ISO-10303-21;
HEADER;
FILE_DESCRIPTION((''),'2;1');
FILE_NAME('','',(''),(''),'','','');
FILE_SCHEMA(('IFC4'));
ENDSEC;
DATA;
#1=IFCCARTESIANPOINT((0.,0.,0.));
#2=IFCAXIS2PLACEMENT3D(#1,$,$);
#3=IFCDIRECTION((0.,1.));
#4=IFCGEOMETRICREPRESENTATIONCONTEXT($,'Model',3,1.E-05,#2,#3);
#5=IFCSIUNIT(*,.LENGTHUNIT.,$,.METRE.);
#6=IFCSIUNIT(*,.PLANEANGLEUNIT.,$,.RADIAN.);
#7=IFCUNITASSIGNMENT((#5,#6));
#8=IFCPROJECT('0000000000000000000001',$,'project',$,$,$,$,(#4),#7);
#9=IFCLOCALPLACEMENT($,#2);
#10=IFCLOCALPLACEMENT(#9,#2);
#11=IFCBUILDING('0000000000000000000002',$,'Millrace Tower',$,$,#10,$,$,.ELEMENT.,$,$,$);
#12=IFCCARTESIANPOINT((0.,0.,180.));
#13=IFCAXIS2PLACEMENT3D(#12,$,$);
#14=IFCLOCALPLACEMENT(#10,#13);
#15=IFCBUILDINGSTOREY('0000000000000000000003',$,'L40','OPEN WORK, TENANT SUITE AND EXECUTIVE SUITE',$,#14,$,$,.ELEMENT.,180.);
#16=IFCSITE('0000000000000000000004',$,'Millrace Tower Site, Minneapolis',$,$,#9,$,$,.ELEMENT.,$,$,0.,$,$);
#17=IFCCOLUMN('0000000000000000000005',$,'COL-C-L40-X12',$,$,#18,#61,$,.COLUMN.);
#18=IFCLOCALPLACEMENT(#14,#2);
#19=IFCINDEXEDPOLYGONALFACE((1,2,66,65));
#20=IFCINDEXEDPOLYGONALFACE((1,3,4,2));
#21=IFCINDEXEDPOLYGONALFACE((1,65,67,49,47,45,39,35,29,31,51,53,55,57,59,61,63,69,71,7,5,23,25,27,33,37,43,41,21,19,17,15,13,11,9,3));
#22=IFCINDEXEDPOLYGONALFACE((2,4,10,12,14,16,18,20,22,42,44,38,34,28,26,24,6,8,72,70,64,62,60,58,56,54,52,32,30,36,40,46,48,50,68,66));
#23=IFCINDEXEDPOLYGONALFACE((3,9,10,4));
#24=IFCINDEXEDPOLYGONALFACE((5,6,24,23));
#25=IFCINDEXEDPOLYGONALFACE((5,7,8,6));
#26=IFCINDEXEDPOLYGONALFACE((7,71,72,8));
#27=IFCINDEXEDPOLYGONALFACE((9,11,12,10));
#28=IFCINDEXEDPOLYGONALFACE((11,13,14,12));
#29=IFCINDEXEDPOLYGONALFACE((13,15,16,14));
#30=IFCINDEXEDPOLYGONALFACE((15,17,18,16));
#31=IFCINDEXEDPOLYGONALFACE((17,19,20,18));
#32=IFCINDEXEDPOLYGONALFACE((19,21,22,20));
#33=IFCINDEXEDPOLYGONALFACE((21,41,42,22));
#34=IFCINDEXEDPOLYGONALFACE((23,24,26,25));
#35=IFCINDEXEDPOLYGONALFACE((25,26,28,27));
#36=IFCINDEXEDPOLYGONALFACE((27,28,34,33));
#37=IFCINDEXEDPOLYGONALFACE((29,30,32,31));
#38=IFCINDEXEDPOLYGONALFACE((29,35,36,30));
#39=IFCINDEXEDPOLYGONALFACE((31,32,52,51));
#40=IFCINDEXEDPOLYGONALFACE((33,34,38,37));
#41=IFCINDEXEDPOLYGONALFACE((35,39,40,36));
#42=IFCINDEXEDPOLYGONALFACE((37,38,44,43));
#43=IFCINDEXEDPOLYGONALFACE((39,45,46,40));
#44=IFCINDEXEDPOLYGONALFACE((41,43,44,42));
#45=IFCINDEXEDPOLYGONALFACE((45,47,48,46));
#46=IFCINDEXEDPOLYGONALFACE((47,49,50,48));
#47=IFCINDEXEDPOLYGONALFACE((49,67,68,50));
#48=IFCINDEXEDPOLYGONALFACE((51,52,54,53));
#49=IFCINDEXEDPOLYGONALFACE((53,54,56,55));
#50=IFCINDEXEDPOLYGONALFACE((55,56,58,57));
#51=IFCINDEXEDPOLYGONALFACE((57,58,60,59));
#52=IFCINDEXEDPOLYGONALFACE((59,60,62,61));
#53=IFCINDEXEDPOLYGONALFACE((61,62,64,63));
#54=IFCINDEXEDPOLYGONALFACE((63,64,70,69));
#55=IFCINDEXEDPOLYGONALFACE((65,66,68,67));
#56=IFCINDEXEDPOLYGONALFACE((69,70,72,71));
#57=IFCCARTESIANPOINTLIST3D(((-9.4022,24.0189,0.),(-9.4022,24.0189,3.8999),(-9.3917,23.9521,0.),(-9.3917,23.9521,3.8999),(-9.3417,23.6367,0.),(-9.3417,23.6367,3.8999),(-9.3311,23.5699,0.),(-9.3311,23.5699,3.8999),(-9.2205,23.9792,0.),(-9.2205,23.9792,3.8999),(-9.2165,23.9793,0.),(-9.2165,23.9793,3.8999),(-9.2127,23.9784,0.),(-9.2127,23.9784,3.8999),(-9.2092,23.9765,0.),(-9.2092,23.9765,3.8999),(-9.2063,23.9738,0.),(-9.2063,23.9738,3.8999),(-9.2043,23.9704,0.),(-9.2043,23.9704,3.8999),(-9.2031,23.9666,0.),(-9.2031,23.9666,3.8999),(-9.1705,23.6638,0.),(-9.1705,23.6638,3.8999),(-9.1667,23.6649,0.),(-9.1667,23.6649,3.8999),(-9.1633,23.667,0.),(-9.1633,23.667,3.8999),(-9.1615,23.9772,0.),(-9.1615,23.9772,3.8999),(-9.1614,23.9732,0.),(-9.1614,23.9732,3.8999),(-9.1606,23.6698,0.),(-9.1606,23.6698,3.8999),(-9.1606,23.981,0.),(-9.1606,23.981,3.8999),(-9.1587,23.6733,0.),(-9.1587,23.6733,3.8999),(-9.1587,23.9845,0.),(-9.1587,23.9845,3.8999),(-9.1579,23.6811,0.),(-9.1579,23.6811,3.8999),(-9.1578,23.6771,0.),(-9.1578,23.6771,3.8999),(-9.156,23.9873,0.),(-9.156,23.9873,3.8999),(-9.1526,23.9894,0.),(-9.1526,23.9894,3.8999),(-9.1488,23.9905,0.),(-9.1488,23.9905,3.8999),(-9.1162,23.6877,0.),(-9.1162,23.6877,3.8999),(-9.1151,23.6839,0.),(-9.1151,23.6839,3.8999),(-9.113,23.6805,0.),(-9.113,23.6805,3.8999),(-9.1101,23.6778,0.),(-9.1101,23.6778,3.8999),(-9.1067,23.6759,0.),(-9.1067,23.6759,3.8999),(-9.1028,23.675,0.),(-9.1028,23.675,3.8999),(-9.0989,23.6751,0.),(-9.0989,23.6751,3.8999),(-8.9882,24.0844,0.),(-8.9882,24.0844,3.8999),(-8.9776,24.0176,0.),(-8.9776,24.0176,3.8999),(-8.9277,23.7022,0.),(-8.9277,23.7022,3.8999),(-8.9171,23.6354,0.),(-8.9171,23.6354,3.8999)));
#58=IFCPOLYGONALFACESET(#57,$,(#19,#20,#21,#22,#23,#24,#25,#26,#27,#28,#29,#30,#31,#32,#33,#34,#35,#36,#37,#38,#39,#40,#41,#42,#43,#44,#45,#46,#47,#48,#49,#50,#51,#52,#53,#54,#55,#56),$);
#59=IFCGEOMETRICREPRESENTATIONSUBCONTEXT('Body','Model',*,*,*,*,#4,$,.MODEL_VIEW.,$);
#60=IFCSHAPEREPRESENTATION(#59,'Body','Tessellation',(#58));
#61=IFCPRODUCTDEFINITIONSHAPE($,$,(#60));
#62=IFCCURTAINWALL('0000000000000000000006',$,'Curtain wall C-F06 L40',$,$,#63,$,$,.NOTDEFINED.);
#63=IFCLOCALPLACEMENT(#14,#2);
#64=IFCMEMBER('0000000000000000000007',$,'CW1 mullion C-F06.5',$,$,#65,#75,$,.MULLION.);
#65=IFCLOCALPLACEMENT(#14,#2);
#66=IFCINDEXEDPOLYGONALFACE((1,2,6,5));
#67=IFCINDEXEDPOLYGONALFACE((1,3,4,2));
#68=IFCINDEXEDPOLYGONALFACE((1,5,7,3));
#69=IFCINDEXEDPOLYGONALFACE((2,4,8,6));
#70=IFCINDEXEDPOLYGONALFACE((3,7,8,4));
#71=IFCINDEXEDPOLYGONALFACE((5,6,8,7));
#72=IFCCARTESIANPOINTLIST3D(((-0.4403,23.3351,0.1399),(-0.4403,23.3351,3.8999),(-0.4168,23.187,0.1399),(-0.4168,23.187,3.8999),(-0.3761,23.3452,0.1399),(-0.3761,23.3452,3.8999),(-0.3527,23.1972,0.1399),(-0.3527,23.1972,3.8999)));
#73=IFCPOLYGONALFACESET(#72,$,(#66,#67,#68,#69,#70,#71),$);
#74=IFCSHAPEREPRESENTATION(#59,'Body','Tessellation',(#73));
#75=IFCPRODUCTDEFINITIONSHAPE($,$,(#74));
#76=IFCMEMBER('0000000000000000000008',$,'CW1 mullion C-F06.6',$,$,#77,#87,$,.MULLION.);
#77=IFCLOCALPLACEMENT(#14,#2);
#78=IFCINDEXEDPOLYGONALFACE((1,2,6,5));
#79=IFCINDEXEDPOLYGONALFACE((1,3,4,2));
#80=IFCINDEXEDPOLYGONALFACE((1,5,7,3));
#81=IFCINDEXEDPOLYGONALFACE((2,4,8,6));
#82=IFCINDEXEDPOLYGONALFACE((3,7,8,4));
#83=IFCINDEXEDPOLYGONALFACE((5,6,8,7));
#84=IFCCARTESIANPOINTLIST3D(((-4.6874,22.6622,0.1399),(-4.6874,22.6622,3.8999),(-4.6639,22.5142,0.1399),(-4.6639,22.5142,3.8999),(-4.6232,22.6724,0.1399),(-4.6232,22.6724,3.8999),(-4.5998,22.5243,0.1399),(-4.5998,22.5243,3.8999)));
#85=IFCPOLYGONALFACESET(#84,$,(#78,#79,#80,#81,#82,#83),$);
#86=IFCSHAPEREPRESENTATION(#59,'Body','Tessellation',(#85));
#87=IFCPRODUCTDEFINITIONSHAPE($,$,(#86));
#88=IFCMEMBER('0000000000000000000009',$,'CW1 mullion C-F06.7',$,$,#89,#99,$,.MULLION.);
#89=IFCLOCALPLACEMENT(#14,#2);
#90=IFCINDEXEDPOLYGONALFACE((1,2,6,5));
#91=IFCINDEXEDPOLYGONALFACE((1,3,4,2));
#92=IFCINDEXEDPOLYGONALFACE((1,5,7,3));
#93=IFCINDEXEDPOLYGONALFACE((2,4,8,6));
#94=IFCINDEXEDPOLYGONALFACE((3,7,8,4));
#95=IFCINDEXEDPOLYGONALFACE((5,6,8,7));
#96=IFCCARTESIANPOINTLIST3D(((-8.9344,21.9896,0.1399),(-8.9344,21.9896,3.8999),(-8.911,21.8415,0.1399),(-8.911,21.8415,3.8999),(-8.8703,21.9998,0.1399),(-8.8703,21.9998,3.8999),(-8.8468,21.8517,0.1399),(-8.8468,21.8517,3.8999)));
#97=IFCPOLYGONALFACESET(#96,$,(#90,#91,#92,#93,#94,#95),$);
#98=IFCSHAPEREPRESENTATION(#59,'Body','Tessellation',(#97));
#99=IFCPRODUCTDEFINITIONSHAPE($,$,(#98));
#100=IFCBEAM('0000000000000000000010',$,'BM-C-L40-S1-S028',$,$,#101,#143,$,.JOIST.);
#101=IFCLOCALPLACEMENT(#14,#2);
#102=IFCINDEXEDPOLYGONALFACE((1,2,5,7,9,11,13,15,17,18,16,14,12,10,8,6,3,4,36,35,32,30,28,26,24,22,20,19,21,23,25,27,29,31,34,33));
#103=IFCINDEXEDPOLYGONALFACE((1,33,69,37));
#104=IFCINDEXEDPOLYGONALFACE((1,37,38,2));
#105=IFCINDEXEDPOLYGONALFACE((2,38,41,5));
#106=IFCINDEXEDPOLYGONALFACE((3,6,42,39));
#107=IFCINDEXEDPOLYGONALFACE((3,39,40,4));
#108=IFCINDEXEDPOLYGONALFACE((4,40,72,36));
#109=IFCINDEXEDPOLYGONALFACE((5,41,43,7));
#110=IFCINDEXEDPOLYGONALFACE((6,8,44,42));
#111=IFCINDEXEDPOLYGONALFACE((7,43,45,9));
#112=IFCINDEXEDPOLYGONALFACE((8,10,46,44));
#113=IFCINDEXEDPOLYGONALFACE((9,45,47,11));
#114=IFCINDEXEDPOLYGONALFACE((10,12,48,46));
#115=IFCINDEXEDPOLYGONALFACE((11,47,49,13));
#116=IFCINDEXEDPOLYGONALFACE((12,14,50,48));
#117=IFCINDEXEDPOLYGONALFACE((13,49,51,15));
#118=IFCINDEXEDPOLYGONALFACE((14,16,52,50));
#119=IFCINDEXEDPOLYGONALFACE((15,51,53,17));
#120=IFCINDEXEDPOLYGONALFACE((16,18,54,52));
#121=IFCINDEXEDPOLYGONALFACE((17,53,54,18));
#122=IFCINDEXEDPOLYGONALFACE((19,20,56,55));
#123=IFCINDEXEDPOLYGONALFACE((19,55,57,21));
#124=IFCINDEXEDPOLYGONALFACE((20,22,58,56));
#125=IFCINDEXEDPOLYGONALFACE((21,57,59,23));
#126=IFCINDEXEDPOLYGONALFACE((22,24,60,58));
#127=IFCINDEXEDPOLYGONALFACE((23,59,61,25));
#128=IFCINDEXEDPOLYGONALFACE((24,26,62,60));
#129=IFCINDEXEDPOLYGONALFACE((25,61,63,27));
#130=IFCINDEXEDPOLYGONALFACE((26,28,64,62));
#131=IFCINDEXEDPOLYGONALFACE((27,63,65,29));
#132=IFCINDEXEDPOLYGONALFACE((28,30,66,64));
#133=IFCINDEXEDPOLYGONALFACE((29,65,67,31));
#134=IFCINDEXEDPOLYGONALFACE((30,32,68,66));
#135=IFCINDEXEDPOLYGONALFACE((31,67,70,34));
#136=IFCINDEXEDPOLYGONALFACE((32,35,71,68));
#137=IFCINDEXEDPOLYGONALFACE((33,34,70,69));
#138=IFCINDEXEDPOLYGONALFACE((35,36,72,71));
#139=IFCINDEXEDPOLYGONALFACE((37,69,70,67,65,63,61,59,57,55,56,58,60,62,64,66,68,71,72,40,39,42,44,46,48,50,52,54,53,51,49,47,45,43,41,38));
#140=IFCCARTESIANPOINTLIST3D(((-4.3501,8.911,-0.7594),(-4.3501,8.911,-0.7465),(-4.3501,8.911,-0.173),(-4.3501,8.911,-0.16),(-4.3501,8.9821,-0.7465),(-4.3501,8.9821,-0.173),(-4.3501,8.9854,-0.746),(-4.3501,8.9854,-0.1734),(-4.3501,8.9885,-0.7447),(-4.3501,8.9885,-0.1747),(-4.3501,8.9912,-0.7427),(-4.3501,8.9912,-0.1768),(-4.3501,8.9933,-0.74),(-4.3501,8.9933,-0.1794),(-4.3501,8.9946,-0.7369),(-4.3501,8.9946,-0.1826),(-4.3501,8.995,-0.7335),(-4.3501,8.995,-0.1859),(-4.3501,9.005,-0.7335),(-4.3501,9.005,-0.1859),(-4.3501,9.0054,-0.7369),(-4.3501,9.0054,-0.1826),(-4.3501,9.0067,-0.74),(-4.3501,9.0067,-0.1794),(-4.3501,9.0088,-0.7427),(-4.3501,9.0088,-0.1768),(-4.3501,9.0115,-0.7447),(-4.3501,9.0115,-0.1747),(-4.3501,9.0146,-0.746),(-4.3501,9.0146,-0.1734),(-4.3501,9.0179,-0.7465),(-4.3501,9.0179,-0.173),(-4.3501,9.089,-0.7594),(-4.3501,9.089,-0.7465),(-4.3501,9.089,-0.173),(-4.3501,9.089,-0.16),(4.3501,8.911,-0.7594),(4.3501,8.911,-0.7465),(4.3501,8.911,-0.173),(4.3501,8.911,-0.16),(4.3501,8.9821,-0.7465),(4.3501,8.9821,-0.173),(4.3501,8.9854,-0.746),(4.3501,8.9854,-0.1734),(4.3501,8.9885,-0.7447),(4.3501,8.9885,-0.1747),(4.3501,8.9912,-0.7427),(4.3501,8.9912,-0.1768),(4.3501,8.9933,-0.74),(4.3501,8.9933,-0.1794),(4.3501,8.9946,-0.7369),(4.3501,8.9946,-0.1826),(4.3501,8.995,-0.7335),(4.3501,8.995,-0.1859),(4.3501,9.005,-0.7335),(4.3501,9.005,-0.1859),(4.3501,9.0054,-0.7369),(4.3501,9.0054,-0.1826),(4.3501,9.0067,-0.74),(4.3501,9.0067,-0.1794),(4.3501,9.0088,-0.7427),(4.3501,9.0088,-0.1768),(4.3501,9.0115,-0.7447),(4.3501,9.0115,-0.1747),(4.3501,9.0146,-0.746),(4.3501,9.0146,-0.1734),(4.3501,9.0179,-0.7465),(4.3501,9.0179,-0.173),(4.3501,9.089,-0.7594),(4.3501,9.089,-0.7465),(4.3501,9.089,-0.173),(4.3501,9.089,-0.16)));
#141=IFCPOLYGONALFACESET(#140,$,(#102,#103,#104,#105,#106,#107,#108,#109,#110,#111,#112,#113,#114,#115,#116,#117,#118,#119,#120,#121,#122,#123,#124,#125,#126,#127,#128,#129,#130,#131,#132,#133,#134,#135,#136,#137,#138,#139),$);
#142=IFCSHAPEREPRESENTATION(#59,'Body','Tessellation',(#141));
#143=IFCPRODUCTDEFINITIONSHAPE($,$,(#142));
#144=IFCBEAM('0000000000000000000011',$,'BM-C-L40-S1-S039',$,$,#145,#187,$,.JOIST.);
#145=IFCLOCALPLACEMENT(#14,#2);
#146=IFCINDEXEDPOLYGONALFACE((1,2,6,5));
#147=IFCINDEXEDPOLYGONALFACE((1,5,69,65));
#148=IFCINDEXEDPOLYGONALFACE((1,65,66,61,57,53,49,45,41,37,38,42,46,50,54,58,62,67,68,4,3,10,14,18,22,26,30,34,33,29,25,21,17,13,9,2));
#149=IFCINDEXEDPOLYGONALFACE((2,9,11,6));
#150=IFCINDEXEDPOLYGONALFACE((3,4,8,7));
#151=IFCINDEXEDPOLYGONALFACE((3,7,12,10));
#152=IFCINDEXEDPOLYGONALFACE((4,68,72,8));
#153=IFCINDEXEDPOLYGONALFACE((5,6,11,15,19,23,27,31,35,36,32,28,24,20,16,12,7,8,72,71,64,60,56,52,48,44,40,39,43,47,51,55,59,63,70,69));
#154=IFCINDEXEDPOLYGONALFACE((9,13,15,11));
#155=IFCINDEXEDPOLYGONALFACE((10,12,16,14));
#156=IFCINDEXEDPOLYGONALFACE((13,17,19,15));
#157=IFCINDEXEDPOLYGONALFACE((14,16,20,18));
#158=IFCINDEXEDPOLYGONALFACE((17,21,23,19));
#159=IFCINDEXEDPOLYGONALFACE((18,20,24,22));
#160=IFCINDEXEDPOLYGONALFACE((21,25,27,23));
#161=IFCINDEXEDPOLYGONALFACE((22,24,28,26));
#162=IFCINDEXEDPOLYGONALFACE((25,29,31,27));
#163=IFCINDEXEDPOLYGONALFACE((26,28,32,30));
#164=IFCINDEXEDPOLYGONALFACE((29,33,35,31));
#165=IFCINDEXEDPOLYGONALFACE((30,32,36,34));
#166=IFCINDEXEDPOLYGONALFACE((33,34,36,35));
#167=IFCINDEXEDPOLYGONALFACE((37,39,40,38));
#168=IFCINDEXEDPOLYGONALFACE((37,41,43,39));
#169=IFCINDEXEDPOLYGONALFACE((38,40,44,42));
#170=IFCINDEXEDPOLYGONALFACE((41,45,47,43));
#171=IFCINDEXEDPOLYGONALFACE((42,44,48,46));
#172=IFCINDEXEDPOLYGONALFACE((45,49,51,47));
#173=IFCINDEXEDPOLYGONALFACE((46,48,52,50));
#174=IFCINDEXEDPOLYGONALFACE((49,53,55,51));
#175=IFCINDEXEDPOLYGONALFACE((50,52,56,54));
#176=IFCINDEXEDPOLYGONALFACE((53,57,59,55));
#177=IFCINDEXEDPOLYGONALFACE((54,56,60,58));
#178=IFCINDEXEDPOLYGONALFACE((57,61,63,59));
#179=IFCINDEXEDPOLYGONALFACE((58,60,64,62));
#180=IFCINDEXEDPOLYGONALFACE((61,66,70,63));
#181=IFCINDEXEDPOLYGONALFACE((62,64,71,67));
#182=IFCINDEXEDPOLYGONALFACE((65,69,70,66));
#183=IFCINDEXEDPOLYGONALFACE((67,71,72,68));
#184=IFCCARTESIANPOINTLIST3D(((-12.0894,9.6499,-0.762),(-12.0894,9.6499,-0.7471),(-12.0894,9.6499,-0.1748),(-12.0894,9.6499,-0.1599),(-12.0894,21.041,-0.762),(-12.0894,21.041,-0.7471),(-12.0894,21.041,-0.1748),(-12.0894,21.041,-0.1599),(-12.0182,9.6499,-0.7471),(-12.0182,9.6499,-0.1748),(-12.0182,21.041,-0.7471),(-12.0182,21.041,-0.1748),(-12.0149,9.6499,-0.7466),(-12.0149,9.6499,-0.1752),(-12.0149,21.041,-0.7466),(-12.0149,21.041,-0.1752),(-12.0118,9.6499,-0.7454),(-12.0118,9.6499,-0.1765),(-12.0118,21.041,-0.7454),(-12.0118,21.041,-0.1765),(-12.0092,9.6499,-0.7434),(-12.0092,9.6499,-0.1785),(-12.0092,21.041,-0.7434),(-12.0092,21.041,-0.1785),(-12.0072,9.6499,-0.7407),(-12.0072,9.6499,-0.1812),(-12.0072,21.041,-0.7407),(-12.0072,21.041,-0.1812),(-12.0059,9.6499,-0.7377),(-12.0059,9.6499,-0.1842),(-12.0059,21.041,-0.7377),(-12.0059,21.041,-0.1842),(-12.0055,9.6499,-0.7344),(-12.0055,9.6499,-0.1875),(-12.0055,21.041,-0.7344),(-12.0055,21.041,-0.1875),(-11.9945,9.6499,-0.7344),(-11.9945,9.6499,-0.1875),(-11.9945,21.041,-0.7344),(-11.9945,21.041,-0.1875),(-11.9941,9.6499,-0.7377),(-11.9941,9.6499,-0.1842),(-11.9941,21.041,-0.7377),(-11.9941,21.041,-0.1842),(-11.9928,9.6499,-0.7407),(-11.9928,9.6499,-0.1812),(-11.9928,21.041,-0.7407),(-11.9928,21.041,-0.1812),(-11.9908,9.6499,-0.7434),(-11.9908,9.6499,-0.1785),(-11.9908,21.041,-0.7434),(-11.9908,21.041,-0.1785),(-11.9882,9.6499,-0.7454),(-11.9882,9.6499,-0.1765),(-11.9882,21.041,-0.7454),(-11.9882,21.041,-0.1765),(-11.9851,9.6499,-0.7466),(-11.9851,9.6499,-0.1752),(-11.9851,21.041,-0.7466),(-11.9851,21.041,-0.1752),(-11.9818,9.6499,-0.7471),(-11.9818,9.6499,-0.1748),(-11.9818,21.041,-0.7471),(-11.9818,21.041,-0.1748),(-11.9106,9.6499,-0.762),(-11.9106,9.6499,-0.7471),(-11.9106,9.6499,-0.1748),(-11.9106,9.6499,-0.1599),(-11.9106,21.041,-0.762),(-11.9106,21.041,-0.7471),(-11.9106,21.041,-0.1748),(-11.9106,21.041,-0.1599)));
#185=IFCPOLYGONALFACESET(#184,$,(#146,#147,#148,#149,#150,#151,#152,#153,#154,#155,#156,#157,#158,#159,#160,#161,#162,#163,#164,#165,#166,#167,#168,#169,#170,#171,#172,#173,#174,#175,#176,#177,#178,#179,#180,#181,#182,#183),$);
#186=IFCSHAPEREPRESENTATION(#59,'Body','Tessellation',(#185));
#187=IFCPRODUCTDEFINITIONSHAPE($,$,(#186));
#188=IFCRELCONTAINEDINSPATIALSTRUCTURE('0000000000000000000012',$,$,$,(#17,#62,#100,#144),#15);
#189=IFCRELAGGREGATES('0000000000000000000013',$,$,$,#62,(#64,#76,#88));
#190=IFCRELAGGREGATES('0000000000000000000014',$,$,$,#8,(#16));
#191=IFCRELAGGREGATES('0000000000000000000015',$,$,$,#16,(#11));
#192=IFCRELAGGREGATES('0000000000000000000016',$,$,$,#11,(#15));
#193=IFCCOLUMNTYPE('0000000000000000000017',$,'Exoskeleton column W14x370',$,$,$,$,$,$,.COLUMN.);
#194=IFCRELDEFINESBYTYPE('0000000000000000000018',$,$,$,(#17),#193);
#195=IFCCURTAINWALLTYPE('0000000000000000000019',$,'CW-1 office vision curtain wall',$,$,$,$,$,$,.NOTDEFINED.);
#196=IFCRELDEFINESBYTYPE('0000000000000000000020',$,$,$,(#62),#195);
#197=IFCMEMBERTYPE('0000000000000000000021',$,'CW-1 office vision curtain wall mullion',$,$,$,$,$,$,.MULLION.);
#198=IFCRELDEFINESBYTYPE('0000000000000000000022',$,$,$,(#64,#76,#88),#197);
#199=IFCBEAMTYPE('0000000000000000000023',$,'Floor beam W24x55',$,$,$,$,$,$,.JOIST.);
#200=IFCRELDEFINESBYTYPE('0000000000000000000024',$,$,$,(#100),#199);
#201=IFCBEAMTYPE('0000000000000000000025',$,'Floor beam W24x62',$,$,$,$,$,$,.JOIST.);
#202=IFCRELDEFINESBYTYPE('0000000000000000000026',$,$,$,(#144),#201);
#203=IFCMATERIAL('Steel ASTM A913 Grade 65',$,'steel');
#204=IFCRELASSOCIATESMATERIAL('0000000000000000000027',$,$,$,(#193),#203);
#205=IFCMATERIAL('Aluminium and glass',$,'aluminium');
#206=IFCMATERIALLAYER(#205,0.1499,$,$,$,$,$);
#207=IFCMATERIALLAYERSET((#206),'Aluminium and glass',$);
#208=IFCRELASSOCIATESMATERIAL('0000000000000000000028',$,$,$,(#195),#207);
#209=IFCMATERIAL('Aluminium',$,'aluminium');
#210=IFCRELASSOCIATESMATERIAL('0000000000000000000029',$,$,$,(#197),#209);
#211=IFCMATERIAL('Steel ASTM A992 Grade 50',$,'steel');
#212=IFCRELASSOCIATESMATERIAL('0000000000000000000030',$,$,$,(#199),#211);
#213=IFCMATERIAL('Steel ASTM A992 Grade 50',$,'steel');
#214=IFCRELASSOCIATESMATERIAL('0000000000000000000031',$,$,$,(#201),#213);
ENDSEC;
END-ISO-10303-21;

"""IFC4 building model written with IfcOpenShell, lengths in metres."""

from ifc_helpers import new_model, si_unit, direction, frame, origin, origin_2d, place, context, subcontext, project, spatial, rectangle, i_section, extrude, material, layer, layer_set, material_profile, profile_set, type_object, element, aggregate, save


model = new_model("IFC4")

# Units and contexts
model_context = context("Model", 3, precision=1e-05, world=origin(), true_north=direction((0.0, 1.0)))
body_context = subcontext(model_context, "Body", "Model", "MODEL_VIEW")
ifc_project = project(units=[si_unit("LENGTHUNIT", "METRE"), si_unit("PLANEANGLEUNIT", "RADIAN")], contexts=[model_context])

# Site, building, storey
site_placement = place(None, origin())
site = spatial("IfcSite", under=ifc_project, at=site_placement, Name="Millrace Tower Site, Minneapolis", CompositionType="ELEMENT", RefElevation=0.0)
building_placement = place(site_placement, origin())
building = spatial("IfcBuilding", under=site, at=building_placement, Name="Millrace Tower", CompositionType="ELEMENT")
storey_placement = place(building_placement, frame((0.0, 0.0, 180.0)))
storey = spatial("IfcBuildingStorey", under=building, at=storey_placement, Name="L40", Description="OPEN WORK, TENANT SUITE AND EXECUTIVE SUITE", CompositionType="ELEMENT", Elevation=180.0)

# Column
ifc_material_1 = material(Name="Steel ASTM A913 Grade 65", Category="steel")
ifc_material_profile_1 = material_profile(ifc_material_1, i_section(OverallWidth=0.4192, OverallDepth=0.4546, WebThickness=0.0422, FlangeThickness=0.0676, FilletRadius=0.0151, at=origin_2d()))
ifc_profile_set_1 = profile_set([ifc_material_profile_1], Name="Steel ASTM A913 Grade 65")
column_type = type_object("IfcColumnType", Name="Exoskeleton column W14x370", PredefinedType="COLUMN", material=ifc_profile_set_1)
column_placement = place(storey_placement, frame((-9.1597, 23.8271, 0.0), z_axis=(0.0, 0.0, 1.0), x_axis=(-0.987688, -0.156434, 0.0)))
element("IfcColumn", 1, at=column_placement, inside=storey, type_object=column_type, Name="COL-C-L40-X12", PredefinedType="COLUMN", context=body_context, shape_type="SweptSolid", body=[
    extrude(i_section(OverallWidth=0.4192, OverallDepth=0.4546, WebThickness=0.0422, FlangeThickness=0.0676, FilletRadius=0.0151, at=origin_2d()), origin(), (0.0, 0.0, 1.0), 3.8999),
])

# Curtain wall, members
ifc_material_2 = material(Name="Aluminium and glass", Category="aluminium")
ifc_layer_1 = layer(ifc_material_2, 0.1499)
ifc_layer_set_1 = layer_set([ifc_layer_1], Name="Aluminium and glass")
curtain_wall_type = type_object("IfcCurtainWallType", Name="CW-1 office vision curtain wall", PredefinedType="NOTDEFINED", material=ifc_layer_set_1)
placement = place(storey_placement, origin())
curtain_wall = element("IfcCurtainWall", 2, at=placement, inside=storey, type_object=curtain_wall_type, Name="Curtain wall C-F06 L40", PredefinedType="NOTDEFINED")
ifc_material_3 = material(Name="Aluminium", Category="aluminium")
ifc_material_profile_2 = material_profile(ifc_material_3, rectangle(XDim=0.0649, YDim=0.1499, at=origin_2d()))
ifc_profile_set_2 = profile_set([ifc_material_profile_2], Name="Aluminium")
member_type = type_object("IfcMemberType", Name="CW-1 office vision curtain wall mullion", PredefinedType="MULLION", material=ifc_profile_set_2)
member_1_placement = place(storey_placement, frame((-0.3965, 23.2661, 0.1399), z_axis=(0.0, 0.0, 1.0), x_axis=(-0.987688, -0.156434, 0.0)))
member_1 = element("IfcMember", 3, at=member_1_placement, type_object=member_type, Name="CW1 mullion C-F06.5", PredefinedType="MULLION", context=body_context, shape_type="SweptSolid", body=[
    extrude(rectangle(XDim=0.0649, YDim=0.1499, at=origin_2d()), origin(), (0.0, 0.0, 1.0), 3.76),
])
member_2_placement = place(storey_placement, frame((-4.6436, 22.5933, 0.1399), z_axis=(0.0, 0.0, 1.0), x_axis=(-0.987688, -0.156434, 0.0)))
member_2 = element("IfcMember", 4, at=member_2_placement, type_object=member_type, Name="CW1 mullion C-F06.6", PredefinedType="MULLION", context=body_context, shape_type="SweptSolid", body=[
    extrude(rectangle(XDim=0.0649, YDim=0.1499, at=origin_2d()), origin(), (0.0, 0.0, 1.0), 3.76),
])
member_3_placement = place(storey_placement, frame((-8.8906, 21.9207, 0.1399), z_axis=(0.0, 0.0, 1.0), x_axis=(-0.987688, -0.156434, 0.0)))
member_3 = element("IfcMember", 5, at=member_3_placement, type_object=member_type, Name="CW1 mullion C-F06.7", PredefinedType="MULLION", context=body_context, shape_type="SweptSolid", body=[
    extrude(rectangle(XDim=0.0649, YDim=0.1499, at=origin_2d()), origin(), (0.0, 0.0, 1.0), 3.76),
])
aggregate(curtain_wall, [member_1, member_2, member_3])

# Beams
ifc_material_4 = material(Name="Steel ASTM A992 Grade 50", Category="steel")
ifc_material_profile_3 = material_profile(ifc_material_4, i_section(OverallWidth=0.178, OverallDepth=0.5994, WebThickness=0.01, FlangeThickness=0.0129, FilletRadius=0.0129, at=origin_2d()))
ifc_profile_set_3 = profile_set([ifc_material_profile_3], Name="Steel ASTM A992 Grade 50")
beam_type_1 = type_object("IfcBeamType", Name="Floor beam W24x55", PredefinedType="JOIST", material=ifc_profile_set_3)
beam_1_placement = place(storey_placement, frame((-4.3501, 9.0, -0.4597), z_axis=(1.0, 0.0, 0.0), x_axis=(0.0, 1.0, 0.0)))
element("IfcBeam", 6, at=beam_1_placement, inside=storey, type_object=beam_type_1, Name="BM-C-L40-S1-S028", PredefinedType="JOIST", context=body_context, shape_type="SweptSolid", body=[
    extrude(i_section(OverallWidth=0.178, OverallDepth=0.5994, WebThickness=0.01, FlangeThickness=0.0129, FilletRadius=0.0129, at=origin_2d()), origin(), (0.0, 0.0, 1.0), 8.7002),
])
ifc_material_5 = material(Name="Steel ASTM A992 Grade 50", Category="steel")
ifc_material_profile_4 = material_profile(ifc_material_5, i_section(OverallWidth=0.1787, OverallDepth=0.6021, WebThickness=0.011, FlangeThickness=0.0149, FilletRadius=0.0127, at=origin_2d()))
ifc_profile_set_4 = profile_set([ifc_material_profile_4], Name="Steel ASTM A992 Grade 50")
beam_type_2 = type_object("IfcBeamType", Name="Floor beam W24x62", PredefinedType="JOIST", material=ifc_profile_set_4)
beam_2_placement = place(storey_placement, frame((-12.0, 9.6499, -0.4609), z_axis=(0.0, 1.0, 0.0), x_axis=(-1.0, 0.0, 0.0)))
element("IfcBeam", 7, at=beam_2_placement, inside=storey, type_object=beam_type_2, Name="BM-C-L40-S1-S039", PredefinedType="JOIST", context=body_context, shape_type="SweptSolid", body=[
    extrude(i_section(OverallWidth=0.1787, OverallDepth=0.6021, WebThickness=0.011, FlangeThickness=0.0149, FilletRadius=0.0127, at=origin_2d()), origin(), (0.0, 0.0, 1.0), 11.3911),
])

save(model, "model.ifc")
